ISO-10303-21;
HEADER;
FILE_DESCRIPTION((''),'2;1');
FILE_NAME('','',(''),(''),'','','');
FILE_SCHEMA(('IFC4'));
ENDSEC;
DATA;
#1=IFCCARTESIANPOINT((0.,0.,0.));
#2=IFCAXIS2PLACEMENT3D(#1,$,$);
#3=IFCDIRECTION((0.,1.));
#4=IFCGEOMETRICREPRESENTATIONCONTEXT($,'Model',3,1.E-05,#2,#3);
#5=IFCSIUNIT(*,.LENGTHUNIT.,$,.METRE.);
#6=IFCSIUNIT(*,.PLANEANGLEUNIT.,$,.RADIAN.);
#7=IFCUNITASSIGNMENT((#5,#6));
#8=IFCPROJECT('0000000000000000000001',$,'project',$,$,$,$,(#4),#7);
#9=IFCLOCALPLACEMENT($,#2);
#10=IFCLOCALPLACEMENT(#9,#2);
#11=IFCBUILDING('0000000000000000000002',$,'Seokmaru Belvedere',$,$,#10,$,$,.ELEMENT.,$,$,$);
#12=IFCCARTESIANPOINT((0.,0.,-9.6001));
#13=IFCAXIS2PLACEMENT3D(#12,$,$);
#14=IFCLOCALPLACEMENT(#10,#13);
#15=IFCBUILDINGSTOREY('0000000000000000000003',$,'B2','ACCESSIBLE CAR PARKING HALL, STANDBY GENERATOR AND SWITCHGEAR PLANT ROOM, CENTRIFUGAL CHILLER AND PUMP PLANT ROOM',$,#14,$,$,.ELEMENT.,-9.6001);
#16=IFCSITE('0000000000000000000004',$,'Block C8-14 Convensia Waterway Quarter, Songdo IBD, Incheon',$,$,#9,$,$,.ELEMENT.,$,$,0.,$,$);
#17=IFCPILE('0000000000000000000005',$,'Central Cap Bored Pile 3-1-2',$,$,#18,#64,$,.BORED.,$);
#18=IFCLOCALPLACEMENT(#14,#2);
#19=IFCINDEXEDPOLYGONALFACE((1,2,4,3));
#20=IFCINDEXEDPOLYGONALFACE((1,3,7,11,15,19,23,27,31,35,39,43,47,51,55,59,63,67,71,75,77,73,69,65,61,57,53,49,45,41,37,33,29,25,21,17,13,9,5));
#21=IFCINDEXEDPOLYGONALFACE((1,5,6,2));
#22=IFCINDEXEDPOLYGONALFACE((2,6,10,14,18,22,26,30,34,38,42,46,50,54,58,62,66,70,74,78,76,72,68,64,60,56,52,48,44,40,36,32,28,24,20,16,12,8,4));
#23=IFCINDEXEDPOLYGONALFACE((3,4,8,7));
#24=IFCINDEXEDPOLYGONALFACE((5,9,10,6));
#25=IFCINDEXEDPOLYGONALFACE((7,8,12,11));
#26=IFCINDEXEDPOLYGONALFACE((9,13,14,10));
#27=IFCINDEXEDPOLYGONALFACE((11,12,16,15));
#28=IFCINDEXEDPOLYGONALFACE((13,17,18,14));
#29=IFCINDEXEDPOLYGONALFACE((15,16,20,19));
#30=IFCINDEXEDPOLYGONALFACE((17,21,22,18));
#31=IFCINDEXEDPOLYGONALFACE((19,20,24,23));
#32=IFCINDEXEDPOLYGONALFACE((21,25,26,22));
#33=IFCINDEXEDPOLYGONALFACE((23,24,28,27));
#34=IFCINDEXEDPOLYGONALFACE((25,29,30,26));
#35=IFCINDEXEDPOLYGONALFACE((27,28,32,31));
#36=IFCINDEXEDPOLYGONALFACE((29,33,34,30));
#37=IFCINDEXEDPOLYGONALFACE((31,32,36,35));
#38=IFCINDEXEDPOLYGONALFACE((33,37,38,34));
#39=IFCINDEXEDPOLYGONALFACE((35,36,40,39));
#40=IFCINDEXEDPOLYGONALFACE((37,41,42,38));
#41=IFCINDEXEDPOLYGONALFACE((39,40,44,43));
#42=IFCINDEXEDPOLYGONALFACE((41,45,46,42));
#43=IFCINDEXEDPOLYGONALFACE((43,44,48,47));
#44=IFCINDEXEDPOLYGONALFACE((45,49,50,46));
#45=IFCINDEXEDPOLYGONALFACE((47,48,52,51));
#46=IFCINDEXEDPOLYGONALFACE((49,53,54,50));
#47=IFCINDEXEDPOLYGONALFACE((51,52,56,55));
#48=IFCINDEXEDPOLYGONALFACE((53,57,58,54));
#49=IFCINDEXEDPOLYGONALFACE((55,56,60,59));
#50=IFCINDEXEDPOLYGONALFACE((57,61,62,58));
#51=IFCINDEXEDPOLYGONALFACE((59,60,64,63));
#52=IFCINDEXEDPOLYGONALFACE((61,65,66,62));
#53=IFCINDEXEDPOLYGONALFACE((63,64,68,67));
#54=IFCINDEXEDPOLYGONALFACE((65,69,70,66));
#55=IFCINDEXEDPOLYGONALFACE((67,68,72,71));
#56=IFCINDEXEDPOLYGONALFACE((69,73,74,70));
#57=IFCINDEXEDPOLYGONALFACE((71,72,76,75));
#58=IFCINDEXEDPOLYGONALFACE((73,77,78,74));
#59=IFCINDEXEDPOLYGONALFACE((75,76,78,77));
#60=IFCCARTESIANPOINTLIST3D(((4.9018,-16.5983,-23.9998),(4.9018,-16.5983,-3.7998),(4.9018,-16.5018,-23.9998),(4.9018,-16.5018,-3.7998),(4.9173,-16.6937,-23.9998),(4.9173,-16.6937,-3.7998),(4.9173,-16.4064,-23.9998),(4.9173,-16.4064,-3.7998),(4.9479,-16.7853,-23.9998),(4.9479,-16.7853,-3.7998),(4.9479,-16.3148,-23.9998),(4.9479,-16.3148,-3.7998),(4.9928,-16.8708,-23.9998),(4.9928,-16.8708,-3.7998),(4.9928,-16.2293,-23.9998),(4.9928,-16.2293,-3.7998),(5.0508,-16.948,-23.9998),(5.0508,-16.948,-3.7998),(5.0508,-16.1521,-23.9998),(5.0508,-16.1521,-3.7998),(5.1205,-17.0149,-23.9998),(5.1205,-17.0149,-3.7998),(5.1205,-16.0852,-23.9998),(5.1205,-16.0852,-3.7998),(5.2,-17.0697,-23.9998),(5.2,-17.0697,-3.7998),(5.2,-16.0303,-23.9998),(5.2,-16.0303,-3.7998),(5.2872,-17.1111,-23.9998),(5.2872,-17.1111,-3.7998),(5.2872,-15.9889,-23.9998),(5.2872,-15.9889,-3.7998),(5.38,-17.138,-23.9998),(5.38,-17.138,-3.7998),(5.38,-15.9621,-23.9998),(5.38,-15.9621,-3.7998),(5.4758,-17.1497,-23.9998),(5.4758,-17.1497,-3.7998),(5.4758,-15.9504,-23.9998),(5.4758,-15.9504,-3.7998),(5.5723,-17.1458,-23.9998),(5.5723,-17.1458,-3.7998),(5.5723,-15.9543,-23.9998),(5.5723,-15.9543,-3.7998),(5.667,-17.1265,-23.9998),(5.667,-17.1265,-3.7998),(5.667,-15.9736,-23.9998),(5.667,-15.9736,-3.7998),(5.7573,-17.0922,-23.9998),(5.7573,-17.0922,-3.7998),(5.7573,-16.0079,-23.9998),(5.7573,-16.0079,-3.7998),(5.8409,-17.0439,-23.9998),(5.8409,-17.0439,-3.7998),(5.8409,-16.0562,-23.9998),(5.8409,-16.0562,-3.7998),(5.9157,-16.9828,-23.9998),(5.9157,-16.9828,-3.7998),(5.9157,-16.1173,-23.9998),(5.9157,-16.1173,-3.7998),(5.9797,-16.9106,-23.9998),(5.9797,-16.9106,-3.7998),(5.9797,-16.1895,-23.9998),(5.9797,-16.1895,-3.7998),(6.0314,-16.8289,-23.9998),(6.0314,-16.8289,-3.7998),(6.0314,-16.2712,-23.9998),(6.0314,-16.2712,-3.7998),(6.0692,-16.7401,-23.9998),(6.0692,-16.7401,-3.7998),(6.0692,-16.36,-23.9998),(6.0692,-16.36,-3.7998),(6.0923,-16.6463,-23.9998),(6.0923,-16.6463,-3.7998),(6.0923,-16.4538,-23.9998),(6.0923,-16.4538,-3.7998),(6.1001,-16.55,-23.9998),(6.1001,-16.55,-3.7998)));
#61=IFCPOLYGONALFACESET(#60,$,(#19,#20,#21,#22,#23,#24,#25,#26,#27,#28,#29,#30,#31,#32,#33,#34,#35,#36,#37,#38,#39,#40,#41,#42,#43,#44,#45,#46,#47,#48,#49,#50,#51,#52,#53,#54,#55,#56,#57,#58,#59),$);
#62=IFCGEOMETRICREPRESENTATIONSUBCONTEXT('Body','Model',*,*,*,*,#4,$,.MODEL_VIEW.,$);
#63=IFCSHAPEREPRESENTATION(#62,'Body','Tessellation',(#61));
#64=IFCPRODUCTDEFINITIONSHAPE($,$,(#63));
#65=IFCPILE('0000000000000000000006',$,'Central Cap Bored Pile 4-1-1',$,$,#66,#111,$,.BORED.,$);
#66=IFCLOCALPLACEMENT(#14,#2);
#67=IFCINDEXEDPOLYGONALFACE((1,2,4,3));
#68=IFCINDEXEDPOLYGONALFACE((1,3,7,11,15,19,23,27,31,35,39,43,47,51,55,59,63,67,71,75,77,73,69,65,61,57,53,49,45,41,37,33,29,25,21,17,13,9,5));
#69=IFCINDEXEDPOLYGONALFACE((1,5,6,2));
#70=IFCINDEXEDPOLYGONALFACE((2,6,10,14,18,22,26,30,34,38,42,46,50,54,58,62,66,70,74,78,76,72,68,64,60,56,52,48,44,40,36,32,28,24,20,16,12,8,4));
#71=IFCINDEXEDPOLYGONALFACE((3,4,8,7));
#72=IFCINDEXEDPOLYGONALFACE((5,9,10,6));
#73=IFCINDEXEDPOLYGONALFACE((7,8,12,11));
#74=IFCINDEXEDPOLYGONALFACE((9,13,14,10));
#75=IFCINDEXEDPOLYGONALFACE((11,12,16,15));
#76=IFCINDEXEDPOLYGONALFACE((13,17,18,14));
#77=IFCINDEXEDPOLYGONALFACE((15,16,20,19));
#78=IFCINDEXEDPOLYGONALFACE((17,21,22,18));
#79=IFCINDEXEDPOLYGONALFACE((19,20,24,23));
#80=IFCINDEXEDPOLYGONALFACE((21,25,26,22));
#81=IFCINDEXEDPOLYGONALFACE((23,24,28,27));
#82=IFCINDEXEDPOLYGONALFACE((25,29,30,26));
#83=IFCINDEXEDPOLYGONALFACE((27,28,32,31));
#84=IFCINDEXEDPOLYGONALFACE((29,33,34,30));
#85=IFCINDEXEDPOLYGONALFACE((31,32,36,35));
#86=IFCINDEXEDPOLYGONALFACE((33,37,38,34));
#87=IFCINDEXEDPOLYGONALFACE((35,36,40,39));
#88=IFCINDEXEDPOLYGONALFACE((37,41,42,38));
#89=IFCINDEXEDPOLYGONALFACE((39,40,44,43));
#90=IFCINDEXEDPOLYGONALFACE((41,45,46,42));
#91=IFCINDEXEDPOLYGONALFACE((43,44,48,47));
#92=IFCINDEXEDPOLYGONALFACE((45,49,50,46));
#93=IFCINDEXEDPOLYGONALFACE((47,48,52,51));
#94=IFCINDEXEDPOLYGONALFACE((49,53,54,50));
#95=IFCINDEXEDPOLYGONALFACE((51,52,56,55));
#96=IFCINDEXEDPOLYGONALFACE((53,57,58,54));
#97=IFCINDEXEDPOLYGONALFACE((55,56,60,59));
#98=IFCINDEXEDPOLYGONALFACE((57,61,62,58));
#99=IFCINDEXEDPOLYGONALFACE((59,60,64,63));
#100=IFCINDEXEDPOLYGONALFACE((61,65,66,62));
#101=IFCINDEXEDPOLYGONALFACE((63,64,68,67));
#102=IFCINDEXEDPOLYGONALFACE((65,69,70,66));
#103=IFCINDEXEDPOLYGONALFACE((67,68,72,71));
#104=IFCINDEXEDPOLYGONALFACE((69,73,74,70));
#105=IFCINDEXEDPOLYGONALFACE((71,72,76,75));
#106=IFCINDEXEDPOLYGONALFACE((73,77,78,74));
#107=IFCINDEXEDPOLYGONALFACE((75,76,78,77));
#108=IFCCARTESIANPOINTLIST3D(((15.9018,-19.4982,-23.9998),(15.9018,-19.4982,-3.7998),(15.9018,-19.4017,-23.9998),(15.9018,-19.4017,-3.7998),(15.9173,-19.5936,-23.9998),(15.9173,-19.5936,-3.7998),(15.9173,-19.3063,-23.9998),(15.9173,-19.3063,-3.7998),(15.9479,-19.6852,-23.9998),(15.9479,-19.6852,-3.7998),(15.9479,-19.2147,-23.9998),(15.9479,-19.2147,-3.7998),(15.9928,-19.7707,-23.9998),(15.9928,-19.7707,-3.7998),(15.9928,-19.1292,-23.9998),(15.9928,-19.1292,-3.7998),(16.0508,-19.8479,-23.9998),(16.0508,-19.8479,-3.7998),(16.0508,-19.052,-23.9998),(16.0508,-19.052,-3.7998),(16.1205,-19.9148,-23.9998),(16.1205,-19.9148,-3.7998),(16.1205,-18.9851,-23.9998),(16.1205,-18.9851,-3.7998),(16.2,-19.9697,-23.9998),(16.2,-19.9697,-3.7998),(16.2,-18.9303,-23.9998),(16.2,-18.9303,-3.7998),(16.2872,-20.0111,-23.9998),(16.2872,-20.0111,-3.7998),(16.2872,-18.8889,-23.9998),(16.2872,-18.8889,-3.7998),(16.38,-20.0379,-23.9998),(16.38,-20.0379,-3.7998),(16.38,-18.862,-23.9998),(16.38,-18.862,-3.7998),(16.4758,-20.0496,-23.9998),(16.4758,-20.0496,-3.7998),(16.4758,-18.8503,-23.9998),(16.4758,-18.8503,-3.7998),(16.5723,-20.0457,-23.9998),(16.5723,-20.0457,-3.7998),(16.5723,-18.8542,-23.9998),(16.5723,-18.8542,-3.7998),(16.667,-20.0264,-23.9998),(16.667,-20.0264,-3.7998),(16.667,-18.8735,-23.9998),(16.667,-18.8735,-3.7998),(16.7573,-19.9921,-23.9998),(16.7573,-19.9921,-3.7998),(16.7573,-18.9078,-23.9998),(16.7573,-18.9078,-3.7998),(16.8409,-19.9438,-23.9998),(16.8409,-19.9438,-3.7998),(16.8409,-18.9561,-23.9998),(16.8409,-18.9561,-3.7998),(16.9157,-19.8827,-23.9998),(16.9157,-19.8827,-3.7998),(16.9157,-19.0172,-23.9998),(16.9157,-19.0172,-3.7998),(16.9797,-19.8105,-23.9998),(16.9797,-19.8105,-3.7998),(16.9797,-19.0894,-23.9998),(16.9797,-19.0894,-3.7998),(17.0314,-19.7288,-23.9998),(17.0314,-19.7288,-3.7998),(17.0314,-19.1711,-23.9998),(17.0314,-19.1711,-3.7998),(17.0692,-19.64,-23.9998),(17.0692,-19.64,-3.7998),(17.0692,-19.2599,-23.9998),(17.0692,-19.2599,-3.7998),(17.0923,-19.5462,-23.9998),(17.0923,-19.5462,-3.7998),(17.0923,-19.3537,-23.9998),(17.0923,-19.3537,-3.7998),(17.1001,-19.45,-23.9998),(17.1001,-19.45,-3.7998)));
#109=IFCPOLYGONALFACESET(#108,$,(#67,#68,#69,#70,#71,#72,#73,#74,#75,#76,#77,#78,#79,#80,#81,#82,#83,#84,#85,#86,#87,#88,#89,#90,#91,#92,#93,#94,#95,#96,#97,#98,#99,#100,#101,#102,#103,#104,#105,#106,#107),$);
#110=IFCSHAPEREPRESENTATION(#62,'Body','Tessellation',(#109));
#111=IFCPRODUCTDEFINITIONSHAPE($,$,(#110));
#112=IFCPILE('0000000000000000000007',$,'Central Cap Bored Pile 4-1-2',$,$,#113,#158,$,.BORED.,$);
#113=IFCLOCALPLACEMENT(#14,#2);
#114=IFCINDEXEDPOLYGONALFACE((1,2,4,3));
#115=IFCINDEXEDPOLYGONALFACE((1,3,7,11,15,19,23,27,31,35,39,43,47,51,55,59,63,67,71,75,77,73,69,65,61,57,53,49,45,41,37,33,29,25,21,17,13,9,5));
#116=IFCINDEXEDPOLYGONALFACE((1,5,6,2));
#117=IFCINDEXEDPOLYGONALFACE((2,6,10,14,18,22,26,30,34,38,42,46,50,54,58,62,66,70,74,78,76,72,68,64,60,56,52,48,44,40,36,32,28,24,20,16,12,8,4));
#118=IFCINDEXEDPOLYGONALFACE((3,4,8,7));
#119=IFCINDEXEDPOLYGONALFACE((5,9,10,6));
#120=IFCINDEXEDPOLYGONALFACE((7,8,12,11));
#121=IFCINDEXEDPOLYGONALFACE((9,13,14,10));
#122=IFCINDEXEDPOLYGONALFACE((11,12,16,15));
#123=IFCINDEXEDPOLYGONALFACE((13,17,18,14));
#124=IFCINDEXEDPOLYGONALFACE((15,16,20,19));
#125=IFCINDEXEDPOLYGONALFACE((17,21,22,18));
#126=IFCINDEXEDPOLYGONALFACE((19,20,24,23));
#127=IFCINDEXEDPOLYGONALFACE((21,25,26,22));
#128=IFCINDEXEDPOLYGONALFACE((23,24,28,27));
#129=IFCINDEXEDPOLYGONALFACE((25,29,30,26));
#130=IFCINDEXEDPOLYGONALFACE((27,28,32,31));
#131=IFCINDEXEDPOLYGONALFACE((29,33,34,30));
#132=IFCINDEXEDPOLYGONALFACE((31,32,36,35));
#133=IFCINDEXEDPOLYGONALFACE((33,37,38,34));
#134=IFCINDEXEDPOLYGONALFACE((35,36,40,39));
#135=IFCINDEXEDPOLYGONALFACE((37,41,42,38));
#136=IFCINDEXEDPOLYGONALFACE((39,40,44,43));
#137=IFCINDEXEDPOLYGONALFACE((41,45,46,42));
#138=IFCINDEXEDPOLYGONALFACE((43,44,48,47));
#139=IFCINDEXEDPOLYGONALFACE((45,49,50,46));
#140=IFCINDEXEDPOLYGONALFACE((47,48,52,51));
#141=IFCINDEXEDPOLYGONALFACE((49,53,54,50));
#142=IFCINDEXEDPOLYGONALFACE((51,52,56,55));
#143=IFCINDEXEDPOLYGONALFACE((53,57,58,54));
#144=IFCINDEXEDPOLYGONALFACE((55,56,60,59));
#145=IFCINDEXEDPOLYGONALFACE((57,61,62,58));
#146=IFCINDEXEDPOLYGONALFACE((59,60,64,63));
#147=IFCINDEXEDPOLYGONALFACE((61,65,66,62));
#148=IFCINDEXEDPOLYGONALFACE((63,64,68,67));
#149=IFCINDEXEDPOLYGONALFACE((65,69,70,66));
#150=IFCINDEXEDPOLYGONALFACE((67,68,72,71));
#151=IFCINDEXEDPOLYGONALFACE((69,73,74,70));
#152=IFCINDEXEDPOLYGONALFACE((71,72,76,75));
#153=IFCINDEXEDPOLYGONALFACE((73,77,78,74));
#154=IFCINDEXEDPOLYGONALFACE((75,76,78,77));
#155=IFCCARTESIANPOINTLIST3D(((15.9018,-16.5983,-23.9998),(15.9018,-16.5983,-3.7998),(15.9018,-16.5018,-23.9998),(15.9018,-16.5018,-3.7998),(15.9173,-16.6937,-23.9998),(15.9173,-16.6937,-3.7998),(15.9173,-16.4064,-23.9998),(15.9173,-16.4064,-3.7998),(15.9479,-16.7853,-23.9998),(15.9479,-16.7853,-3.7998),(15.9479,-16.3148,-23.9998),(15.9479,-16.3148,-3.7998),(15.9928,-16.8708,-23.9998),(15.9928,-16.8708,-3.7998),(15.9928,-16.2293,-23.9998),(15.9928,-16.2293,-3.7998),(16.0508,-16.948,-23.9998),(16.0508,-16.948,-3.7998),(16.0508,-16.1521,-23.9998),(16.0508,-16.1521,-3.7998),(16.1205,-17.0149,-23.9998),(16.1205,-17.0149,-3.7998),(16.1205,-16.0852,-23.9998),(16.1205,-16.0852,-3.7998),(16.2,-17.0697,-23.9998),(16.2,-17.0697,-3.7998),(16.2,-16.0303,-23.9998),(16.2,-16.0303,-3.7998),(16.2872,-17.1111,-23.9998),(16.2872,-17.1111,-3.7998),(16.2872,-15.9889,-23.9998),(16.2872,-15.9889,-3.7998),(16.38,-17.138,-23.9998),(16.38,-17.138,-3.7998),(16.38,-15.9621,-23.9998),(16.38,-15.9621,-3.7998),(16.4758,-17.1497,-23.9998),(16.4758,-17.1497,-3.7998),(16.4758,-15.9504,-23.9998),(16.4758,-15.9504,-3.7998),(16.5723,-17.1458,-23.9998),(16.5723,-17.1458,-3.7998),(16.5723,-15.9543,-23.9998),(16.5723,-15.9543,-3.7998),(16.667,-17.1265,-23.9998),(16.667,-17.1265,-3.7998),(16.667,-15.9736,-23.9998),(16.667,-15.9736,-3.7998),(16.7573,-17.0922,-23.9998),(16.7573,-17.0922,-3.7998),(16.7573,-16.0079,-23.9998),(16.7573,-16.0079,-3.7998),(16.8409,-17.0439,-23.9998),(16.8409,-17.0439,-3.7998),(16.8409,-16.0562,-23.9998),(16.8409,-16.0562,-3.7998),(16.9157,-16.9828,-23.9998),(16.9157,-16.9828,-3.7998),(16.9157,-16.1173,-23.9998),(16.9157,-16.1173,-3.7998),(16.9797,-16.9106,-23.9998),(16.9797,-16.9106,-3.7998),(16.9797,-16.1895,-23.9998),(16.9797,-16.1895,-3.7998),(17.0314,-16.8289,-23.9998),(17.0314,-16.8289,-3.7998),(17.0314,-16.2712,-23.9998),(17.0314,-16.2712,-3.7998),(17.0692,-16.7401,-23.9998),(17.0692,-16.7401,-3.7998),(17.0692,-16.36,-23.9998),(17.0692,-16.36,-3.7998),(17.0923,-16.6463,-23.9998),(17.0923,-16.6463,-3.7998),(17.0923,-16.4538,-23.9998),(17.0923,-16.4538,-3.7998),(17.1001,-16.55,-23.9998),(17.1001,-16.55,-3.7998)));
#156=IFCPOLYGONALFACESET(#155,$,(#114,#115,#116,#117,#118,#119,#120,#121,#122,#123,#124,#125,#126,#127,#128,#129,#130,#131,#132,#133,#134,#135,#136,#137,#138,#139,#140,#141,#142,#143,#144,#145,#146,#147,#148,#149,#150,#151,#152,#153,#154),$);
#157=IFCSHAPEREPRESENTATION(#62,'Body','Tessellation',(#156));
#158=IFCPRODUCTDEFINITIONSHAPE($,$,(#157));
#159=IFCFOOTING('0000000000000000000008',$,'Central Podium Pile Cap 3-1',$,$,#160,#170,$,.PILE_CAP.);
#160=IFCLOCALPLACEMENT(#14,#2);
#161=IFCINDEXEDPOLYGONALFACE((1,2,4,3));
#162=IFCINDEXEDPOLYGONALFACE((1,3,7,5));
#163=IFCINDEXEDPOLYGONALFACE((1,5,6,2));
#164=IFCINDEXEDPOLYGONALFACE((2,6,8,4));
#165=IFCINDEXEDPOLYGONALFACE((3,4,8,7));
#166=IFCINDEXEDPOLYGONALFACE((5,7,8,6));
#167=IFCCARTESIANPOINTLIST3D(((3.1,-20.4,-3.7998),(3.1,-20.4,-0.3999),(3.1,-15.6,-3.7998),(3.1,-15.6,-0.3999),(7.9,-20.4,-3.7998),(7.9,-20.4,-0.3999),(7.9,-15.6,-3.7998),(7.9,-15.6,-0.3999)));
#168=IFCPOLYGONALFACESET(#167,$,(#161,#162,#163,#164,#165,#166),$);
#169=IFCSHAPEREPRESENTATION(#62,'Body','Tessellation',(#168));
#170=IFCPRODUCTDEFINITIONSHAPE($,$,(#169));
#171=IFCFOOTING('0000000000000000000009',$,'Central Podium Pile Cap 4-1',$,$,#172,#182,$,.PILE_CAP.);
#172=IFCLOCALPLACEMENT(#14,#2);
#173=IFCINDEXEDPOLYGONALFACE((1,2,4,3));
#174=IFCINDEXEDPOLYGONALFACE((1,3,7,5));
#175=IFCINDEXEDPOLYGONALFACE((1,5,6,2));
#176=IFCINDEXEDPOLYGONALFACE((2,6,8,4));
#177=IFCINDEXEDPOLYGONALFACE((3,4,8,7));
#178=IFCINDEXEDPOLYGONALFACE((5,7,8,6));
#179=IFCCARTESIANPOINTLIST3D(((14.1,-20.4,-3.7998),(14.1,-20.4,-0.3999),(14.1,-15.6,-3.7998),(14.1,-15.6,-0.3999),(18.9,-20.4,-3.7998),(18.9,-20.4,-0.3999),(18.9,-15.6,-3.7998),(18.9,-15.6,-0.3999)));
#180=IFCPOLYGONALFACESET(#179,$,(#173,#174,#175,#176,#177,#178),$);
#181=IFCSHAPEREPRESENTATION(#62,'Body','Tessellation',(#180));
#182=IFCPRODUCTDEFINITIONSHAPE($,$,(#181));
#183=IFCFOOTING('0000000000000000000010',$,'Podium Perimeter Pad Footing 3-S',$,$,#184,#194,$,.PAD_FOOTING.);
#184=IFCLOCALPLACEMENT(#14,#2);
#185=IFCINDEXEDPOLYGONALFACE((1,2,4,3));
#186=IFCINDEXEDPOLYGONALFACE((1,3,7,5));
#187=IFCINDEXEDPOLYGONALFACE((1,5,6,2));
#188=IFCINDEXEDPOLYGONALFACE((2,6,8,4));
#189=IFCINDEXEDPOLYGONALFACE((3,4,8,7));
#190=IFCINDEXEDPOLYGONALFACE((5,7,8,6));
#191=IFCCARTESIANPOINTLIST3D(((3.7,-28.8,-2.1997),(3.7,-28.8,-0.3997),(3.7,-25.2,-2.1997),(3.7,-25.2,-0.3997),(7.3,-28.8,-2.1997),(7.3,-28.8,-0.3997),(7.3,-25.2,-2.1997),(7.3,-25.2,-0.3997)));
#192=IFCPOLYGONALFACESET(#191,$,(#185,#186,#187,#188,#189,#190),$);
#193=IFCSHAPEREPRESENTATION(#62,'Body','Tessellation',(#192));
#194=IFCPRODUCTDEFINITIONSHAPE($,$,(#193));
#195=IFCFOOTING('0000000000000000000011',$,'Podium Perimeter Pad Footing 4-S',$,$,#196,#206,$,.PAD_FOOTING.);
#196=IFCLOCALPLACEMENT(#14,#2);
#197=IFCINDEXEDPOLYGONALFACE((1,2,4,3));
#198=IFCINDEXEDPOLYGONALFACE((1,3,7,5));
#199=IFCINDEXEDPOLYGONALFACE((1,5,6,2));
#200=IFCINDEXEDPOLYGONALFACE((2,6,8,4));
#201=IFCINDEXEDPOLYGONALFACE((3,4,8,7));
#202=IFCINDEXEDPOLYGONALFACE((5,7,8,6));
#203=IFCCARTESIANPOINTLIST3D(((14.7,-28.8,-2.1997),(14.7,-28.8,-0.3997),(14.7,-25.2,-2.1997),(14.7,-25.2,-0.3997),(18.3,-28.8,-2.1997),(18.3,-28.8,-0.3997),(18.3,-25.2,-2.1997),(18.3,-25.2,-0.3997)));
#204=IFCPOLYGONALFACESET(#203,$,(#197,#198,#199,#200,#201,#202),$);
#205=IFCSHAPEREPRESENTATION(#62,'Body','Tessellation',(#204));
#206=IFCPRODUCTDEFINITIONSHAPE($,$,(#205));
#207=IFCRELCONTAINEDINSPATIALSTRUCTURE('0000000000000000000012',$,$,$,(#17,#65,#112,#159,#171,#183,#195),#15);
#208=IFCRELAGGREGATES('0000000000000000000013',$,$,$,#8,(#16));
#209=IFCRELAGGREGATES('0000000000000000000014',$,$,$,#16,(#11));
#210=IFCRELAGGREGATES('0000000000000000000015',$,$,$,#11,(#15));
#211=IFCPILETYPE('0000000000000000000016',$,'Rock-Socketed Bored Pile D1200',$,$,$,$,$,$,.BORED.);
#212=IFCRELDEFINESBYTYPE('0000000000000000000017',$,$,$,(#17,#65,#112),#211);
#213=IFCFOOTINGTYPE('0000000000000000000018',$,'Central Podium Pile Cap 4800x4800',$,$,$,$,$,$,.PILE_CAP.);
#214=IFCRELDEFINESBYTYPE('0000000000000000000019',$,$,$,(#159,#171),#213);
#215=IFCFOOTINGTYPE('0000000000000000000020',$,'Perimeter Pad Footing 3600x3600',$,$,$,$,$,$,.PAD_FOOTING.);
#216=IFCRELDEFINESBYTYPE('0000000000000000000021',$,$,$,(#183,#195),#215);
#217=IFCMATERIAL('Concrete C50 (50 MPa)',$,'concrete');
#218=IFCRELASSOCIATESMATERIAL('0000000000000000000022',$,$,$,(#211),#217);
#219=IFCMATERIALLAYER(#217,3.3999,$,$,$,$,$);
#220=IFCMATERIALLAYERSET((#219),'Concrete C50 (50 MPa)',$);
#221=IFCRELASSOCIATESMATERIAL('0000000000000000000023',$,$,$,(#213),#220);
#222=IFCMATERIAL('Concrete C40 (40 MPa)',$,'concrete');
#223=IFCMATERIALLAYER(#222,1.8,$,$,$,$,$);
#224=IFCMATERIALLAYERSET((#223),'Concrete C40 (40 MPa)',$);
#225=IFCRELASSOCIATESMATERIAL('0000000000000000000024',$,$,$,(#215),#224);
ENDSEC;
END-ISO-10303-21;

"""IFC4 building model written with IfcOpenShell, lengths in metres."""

from ifc_helpers import new_model, si_unit, direction, frame, origin, origin_2d, place, context, subcontext, project, spatial, rectangle, circle, extrude, source, transform, mapped, material, layer, layer_set, material_profile, profile_set, type_object, type_shapes, element, save


model = new_model("IFC4")

# Units and contexts
model_context = context("Model", 3, precision=1e-05, world=origin(), true_north=direction((0.0, 1.0)))
body_context = subcontext(model_context, "Body", "Model", "MODEL_VIEW")
ifc_project = project(units=[si_unit("LENGTHUNIT", "METRE"), si_unit("PLANEANGLEUNIT", "RADIAN")], contexts=[model_context])

# Site, building, storey
site_placement = place(None, origin())
site = spatial("IfcSite", under=ifc_project, at=site_placement, Name="Block C8-14 Convensia Waterway Quarter, Songdo IBD, Incheon", CompositionType="ELEMENT", RefElevation=0.0)
building_placement = place(site_placement, origin())
building = spatial("IfcBuilding", under=site, at=building_placement, Name="Seokmaru Belvedere", CompositionType="ELEMENT")
storey_placement = place(building_placement, frame((0.0, 0.0, -9.6001)))
storey = spatial("IfcBuildingStorey", under=building, at=storey_placement, Name="B2", Description="ACCESSIBLE CAR PARKING HALL, STANDBY GENERATOR AND SWITCHGEAR PLANT ROOM, CENTRIFUGAL CHILLER AND PUMP PLANT ROOM", CompositionType="ELEMENT", Elevation=-9.6001)

# Piles
ifc_material_1 = material(Name="Concrete C50 (50 MPa)", Category="concrete")
ifc_material_profile_1 = material_profile(ifc_material_1, circle(Radius=0.6001, at=origin_2d()), Name="PILE-D1200")
ifc_profile_set_1 = profile_set([ifc_material_profile_1], Name="Concrete C50 (50 MPa)")
pile_type_1 = type_object("IfcPileType", Name="Rock-Socketed Bored Pile D1200", PredefinedType="BORED", material=ifc_profile_set_1)
shared_shape_1 = source(origin(), body_context, "Body", "SweptSolid", [
    extrude(circle(Radius=0.6001, at=origin_2d()), origin(), (0.0, 0.0, 1.0), 20.2),
])
type_shapes(pile_type_1, [shared_shape_1])
for number, where, z_axis, x_axis, name in (
    (1, (5.5, -16.55, -3.7998), (0.0, 0.0, -1.0), (1.0, 0.0, 0.0), "Central Cap Bored Pile 3-1-2"),
    (2, (16.5, -19.45, -3.7998), (0.0, 0.0, -1.0), (1.0, 0.0, 0.0), "Central Cap Bored Pile 4-1-1"),
    (3, (16.5, -16.55, -3.7998), (0.0, 0.0, -1.0), (1.0, 0.0, 0.0), "Central Cap Bored Pile 4-1-2"),
):
    element("IfcPile", number, at=place(storey_placement, frame(where, z_axis=z_axis, x_axis=x_axis)), inside=storey, type_object=pile_type_1, Name=name, PredefinedType="BORED", context=body_context, shape_type="MappedRepresentation", body=[
        mapped(shared_shape_1, transform((0.0, 0.0, 0.0), scale=1.0)),
    ])

# Footings
ifc_layer_1 = layer(ifc_material_1, 3.3999)
ifc_layer_set_1 = layer_set([ifc_layer_1], Name="Concrete C50 (50 MPa)")
footing_type_1 = type_object("IfcFootingType", Name="Central Podium Pile Cap 4800x4800", PredefinedType="PILE_CAP", material=ifc_layer_set_1)
shared_shape_2 = source(origin(), body_context, "Body", "SweptSolid", [
    extrude(rectangle(XDim=4.8, YDim=4.8, at=origin_2d()), origin(), (0.0, 0.0, 1.0), 3.3999),
])
type_shapes(footing_type_1, [shared_shape_2])
for number, where, z_axis, x_axis, name in (
    (4, (5.5, -18.0, -3.7998), (0.0, 0.0, 1.0), (1.0, 0.0, 0.0), "Central Podium Pile Cap 3-1"),
    (5, (16.5, -18.0, -3.7998), (0.0, 0.0, 1.0), (1.0, 0.0, 0.0), "Central Podium Pile Cap 4-1"),
):
    element("IfcFooting", number, at=place(storey_placement, frame(where, z_axis=z_axis, x_axis=x_axis)), inside=storey, type_object=footing_type_1, Name=name, PredefinedType="PILE_CAP", context=body_context, shape_type="MappedRepresentation", body=[
        mapped(shared_shape_2, transform((0.0, 0.0, 0.0), scale=1.0)),
    ])
ifc_material_2 = material(Name="Concrete C40 (40 MPa)", Category="concrete")
ifc_layer_2 = layer(ifc_material_2, 1.8)
ifc_layer_set_2 = layer_set([ifc_layer_2], Name="Concrete C40 (40 MPa)")
footing_type_2 = type_object("IfcFootingType", Name="Perimeter Pad Footing 3600x3600", PredefinedType="PAD_FOOTING", material=ifc_layer_set_2)
shared_shape_3 = source(origin(), body_context, "Body", "SweptSolid", [
    extrude(rectangle(XDim=3.6001, YDim=3.6001, at=origin_2d()), origin(), (0.0, 0.0, 1.0), 1.8),
])
type_shapes(footing_type_2, [shared_shape_3])
for number, where, z_axis, x_axis, name in (
    (6, (5.5, -27.0, -2.1997), (0.0, 0.0, 1.0), (1.0, 0.0, 0.0), "Podium Perimeter Pad Footing 3-S"),
    (7, (16.5, -27.0, -2.1997), (0.0, 0.0, 1.0), (1.0, 0.0, 0.0), "Podium Perimeter Pad Footing 4-S"),
):
    element("IfcFooting", number, at=place(storey_placement, frame(where, z_axis=z_axis, x_axis=x_axis)), inside=storey, type_object=footing_type_2, Name=name, PredefinedType="PAD_FOOTING", context=body_context, shape_type="MappedRepresentation", body=[
        mapped(shared_shape_3, transform((0.0, 0.0, 0.0), scale=1.0)),
    ])

save(model, "model.ifc")
